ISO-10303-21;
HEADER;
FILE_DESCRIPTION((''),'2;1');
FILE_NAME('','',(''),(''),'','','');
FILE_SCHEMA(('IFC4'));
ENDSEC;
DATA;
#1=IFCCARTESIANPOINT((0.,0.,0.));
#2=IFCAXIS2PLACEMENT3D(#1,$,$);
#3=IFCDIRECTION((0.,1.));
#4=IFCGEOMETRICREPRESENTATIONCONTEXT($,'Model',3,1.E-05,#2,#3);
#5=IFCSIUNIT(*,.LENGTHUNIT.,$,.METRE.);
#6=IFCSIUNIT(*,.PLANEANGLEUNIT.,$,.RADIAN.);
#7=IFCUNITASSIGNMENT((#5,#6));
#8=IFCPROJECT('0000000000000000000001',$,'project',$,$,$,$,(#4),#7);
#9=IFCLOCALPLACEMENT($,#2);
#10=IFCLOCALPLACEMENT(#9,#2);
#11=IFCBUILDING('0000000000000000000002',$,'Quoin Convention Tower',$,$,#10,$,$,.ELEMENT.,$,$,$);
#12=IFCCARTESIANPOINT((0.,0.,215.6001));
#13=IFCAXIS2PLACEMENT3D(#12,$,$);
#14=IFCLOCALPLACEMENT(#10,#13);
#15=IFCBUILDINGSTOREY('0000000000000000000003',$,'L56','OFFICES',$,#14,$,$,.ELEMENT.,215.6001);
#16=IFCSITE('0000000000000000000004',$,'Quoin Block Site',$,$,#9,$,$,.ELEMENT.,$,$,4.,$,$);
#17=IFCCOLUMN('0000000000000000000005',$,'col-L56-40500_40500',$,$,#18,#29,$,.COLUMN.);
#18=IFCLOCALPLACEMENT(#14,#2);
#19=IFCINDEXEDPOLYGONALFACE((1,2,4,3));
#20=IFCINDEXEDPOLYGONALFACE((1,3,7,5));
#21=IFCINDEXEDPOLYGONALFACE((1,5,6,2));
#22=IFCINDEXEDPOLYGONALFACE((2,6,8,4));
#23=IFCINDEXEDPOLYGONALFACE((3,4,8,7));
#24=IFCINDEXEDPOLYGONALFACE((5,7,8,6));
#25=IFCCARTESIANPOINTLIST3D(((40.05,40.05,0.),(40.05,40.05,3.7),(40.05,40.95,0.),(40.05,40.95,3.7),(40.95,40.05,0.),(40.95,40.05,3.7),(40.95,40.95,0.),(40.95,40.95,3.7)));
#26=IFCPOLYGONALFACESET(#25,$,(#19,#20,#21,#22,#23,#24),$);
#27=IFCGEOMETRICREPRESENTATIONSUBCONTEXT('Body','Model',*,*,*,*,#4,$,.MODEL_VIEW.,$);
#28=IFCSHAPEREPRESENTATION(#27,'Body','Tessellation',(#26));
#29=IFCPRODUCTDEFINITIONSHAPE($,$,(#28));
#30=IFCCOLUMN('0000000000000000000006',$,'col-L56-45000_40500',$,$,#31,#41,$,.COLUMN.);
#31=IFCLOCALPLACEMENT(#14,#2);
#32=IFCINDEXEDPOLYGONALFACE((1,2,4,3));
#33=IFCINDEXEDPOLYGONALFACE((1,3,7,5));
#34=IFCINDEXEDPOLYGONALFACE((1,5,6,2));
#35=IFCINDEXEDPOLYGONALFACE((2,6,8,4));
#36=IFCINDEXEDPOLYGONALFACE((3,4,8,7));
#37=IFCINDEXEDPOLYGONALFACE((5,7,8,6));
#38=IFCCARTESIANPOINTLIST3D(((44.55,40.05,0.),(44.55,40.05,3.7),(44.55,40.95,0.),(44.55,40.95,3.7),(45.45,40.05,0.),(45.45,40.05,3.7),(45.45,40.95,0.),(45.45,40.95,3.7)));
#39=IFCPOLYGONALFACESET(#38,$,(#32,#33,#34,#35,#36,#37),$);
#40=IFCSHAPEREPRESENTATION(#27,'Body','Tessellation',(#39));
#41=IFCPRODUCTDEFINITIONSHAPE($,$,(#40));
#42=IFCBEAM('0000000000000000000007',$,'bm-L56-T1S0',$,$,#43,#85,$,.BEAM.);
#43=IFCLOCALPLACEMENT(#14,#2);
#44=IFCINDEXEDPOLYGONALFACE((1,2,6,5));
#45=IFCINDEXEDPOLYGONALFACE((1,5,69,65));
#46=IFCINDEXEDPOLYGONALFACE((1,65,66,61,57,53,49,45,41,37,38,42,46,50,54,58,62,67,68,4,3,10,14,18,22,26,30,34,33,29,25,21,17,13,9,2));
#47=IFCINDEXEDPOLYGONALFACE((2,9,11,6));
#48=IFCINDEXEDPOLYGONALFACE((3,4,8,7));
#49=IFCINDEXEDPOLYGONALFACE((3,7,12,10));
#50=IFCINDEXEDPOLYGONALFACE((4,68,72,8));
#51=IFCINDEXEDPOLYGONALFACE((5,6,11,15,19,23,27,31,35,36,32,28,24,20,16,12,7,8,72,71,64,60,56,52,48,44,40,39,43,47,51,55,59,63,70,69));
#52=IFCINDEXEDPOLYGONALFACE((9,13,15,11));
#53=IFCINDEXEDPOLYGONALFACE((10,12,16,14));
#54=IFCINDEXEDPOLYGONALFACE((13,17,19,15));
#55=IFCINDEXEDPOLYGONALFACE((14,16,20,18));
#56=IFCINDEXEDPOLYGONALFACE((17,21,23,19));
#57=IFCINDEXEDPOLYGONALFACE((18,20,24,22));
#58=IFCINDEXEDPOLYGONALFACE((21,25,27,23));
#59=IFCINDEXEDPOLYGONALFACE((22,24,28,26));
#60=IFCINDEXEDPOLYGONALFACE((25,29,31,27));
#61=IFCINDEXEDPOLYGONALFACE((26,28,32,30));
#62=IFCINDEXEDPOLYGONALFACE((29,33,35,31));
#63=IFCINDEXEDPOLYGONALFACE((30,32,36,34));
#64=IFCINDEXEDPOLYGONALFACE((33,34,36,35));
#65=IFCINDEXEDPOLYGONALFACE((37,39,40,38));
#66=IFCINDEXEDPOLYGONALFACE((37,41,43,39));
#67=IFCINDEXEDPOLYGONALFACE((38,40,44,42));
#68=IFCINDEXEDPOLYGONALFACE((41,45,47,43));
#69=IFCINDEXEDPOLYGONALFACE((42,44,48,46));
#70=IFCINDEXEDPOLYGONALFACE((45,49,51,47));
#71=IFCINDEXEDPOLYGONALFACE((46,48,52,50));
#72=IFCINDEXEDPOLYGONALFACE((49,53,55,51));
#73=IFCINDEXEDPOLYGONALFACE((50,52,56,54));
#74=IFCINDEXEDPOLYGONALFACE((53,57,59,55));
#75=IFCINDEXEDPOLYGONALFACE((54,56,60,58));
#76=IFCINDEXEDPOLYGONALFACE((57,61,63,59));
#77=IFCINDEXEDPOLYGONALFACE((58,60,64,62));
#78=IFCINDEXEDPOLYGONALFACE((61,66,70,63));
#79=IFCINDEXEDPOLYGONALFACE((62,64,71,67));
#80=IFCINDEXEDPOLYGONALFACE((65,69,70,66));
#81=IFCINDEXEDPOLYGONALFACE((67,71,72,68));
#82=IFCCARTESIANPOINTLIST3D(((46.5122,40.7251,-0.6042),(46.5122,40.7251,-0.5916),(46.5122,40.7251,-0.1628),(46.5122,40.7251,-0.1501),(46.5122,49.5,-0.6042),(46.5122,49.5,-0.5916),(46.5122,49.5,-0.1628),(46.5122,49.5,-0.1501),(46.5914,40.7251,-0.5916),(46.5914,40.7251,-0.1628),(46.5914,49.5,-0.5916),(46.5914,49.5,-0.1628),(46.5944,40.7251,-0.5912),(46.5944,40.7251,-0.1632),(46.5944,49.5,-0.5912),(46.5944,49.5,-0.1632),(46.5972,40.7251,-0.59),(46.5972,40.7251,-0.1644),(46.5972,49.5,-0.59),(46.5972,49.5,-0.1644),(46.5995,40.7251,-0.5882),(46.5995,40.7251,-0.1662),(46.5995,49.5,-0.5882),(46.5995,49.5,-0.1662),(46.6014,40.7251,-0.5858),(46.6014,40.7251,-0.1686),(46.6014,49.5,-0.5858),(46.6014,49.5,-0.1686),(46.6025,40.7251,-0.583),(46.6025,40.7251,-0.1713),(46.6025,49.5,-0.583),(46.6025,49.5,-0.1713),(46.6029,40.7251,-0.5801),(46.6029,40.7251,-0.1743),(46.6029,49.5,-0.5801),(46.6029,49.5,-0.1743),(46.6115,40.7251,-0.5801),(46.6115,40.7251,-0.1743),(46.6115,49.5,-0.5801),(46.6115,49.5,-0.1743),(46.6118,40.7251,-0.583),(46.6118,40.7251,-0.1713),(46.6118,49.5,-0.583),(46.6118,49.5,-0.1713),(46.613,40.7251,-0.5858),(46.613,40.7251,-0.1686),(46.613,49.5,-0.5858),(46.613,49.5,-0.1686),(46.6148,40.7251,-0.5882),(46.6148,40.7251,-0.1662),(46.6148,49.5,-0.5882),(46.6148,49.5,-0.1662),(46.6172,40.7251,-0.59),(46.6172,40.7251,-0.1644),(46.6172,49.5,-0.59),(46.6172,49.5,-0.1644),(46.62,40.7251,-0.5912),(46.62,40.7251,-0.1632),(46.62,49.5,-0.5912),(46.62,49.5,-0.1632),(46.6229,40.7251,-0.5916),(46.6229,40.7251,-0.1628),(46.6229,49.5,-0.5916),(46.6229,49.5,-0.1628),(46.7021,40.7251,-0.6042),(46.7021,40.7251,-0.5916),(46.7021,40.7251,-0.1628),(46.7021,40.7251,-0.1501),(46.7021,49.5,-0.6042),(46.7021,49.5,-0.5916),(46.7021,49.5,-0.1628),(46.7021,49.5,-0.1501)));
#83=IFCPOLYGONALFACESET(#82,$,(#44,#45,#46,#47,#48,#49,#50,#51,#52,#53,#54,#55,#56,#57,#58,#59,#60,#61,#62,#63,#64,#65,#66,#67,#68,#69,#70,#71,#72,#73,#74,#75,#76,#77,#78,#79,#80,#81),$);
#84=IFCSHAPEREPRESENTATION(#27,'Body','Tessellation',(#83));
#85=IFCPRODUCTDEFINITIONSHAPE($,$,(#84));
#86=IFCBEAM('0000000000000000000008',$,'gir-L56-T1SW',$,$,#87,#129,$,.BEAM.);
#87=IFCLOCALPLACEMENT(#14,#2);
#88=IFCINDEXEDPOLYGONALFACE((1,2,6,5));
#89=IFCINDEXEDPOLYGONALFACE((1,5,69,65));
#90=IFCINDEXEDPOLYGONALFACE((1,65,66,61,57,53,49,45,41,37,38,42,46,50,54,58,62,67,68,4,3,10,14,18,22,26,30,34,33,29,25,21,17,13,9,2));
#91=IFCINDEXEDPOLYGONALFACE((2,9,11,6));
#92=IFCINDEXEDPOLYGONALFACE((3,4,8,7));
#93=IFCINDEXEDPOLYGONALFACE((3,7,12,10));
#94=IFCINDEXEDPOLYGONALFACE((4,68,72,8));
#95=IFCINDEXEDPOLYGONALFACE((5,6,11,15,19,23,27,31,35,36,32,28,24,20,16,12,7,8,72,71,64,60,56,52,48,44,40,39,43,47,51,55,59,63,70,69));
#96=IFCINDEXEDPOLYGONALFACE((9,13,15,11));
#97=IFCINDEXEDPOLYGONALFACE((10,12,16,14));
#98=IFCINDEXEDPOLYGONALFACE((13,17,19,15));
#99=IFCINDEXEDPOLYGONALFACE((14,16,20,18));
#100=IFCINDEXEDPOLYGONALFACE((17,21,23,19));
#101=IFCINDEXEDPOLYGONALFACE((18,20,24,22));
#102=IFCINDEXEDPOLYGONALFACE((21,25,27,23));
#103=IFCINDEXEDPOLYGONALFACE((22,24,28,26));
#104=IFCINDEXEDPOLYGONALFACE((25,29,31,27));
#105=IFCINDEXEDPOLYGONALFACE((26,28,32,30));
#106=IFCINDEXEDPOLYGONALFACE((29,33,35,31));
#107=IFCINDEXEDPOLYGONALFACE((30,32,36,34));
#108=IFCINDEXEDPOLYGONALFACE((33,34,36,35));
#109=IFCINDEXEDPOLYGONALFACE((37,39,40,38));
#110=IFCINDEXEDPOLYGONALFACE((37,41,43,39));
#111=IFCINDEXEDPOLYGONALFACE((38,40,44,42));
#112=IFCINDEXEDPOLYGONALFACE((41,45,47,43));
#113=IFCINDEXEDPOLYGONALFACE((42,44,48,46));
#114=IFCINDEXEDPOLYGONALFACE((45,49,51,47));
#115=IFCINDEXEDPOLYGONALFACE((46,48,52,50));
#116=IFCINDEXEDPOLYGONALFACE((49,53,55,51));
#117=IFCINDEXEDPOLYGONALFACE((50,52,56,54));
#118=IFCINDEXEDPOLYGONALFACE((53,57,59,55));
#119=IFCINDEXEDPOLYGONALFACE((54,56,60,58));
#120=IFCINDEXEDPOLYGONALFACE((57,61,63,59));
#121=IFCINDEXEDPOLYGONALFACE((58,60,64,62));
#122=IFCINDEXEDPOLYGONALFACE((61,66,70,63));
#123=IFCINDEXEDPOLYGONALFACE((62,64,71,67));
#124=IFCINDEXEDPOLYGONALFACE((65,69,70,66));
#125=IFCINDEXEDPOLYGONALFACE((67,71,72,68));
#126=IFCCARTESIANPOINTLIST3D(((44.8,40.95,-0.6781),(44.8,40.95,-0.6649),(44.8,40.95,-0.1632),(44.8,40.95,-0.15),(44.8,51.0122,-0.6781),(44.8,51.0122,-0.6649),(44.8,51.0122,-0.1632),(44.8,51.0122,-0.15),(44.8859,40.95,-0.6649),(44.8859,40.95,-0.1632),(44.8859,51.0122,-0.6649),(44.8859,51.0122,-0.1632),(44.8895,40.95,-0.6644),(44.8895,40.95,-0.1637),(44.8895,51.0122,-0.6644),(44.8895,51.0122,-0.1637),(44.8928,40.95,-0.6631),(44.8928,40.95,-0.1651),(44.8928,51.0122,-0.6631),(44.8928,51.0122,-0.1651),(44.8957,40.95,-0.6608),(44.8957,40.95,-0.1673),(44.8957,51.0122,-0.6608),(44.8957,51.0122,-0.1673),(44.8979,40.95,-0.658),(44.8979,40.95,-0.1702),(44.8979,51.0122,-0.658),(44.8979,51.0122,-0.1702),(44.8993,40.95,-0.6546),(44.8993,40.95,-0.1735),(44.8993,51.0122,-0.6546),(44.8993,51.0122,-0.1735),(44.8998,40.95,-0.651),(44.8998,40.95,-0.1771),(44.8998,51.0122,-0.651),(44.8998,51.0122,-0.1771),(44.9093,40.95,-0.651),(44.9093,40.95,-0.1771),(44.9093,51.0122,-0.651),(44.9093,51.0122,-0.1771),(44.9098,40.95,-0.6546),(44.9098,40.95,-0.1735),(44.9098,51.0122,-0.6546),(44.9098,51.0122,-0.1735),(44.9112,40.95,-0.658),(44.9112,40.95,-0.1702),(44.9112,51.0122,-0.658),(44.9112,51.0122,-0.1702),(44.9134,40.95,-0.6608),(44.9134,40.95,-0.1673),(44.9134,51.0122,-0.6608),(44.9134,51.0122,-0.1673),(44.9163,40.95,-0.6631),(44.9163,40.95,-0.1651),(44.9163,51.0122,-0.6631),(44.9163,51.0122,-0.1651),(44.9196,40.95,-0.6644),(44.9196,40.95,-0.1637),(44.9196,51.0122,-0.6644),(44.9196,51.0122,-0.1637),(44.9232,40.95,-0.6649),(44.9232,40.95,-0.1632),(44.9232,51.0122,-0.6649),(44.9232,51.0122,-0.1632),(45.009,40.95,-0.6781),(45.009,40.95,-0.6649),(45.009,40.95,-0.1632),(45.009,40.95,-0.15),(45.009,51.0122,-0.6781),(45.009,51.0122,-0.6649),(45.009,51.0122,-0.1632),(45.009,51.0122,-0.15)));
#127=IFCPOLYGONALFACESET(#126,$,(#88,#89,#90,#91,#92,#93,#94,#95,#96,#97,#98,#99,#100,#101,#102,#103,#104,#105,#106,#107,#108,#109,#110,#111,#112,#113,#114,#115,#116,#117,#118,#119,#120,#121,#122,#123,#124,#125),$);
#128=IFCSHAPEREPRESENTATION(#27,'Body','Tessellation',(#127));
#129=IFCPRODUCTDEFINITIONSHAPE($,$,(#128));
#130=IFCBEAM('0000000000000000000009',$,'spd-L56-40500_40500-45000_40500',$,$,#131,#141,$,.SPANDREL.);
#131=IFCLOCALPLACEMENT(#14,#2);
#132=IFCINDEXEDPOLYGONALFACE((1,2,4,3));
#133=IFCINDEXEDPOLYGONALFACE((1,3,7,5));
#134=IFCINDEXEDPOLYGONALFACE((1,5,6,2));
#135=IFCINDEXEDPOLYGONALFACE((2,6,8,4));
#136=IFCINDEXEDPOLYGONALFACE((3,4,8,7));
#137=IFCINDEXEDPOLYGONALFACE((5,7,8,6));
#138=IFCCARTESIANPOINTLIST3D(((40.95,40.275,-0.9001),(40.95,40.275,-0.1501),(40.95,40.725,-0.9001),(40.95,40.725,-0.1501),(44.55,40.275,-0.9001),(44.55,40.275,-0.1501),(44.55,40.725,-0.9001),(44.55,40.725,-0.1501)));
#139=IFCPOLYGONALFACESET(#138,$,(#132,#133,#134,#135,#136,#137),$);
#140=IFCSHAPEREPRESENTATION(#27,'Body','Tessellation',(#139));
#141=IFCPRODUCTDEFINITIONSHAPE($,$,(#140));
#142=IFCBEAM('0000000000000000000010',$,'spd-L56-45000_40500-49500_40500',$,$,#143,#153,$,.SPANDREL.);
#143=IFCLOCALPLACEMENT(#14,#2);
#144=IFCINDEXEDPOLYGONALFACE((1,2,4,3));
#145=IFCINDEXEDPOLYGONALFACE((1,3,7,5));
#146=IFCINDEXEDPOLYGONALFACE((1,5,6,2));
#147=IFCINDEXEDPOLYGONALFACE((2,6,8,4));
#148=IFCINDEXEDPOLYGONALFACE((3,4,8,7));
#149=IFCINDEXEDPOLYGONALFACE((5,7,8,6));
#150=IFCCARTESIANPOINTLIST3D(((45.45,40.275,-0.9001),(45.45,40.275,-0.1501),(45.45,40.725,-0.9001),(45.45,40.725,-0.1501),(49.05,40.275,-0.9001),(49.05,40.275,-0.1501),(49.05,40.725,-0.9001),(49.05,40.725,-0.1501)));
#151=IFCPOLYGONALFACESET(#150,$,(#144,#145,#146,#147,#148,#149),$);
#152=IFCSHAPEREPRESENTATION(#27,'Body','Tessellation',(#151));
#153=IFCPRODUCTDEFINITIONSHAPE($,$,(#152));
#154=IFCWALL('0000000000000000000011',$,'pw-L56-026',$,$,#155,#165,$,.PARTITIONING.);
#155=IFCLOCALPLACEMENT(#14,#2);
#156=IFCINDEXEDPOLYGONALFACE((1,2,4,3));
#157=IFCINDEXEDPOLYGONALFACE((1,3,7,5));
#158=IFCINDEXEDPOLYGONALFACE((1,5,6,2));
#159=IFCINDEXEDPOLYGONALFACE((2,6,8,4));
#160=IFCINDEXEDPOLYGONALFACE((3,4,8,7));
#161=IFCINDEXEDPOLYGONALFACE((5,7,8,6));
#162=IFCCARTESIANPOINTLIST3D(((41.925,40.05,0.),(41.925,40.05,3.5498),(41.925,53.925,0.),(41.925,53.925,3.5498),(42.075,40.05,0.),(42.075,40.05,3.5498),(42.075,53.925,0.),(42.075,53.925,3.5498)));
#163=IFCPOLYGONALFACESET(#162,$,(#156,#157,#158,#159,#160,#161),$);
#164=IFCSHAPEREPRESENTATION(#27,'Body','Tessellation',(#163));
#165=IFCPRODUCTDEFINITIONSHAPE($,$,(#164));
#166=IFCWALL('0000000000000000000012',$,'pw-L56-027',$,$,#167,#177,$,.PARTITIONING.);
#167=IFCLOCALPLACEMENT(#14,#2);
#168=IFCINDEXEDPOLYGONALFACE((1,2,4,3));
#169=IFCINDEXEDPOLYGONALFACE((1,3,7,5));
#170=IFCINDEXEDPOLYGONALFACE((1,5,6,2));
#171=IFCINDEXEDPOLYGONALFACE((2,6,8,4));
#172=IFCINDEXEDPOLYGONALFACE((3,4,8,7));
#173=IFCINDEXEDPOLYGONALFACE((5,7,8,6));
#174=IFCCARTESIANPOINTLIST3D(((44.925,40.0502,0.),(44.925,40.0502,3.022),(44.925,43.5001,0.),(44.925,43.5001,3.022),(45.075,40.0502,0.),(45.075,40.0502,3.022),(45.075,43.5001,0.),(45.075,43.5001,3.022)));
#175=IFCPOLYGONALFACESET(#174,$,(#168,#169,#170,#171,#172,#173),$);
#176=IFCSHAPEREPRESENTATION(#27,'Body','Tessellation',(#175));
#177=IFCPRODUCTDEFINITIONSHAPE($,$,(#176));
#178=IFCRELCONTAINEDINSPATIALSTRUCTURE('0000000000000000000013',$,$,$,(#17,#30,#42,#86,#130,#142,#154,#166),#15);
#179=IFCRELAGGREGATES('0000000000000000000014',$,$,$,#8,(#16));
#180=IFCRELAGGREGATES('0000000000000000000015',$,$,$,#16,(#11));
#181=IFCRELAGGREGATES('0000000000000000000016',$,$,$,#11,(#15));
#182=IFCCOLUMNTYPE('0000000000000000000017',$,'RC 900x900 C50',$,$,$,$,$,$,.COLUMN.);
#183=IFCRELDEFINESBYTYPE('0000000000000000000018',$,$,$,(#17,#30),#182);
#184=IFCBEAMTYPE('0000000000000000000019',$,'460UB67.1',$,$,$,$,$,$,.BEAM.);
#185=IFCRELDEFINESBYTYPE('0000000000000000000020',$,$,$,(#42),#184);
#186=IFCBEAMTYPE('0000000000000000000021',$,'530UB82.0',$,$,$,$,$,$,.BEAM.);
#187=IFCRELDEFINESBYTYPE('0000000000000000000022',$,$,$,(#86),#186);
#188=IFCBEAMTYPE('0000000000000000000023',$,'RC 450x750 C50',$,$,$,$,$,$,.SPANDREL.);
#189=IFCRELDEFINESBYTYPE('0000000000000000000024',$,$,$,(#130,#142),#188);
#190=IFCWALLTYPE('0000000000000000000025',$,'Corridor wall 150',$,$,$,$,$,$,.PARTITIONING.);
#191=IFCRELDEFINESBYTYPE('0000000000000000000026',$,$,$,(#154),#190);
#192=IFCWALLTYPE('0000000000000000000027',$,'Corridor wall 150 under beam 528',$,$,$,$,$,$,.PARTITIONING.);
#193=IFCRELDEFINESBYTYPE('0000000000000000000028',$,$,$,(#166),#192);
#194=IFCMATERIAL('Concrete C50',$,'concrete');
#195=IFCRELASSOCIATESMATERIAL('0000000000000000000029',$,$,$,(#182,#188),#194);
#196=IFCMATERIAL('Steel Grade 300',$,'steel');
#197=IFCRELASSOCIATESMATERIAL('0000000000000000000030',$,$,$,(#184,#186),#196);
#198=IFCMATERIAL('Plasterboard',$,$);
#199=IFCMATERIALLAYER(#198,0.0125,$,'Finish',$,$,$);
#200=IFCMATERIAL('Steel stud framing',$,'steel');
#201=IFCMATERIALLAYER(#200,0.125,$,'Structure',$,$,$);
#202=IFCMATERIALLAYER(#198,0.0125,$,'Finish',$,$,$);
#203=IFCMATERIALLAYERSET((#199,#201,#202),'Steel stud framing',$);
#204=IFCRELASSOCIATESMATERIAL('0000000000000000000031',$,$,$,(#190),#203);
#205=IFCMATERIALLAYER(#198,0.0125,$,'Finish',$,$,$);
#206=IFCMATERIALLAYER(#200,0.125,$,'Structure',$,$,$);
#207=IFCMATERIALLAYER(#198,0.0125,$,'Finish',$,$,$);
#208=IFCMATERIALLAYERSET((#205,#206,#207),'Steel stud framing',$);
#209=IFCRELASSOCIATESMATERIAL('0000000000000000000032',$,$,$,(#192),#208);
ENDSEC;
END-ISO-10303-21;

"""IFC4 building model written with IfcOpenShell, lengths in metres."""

from ifc_helpers import new_model, si_unit, direction, frame, frame_2d, origin, origin_2d, place, context, subcontext, project, spatial, rectangle, i_section, extrude, material, layer, layer_set, material_profile, profile_set, type_object, element, save


model = new_model("IFC4")

# Units and contexts
model_context = context("Model", 3, precision=1e-05, world=origin(), true_north=direction((0.0, 1.0)))
body_context = subcontext(model_context, "Body", "Model", "MODEL_VIEW")
ifc_project = project(units=[si_unit("LENGTHUNIT", "METRE"), si_unit("PLANEANGLEUNIT", "RADIAN")], contexts=[model_context])

# Site, building, storey
site_placement = place(None, origin())
site = spatial("IfcSite", under=ifc_project, at=site_placement, Name="Quoin Block Site", CompositionType="ELEMENT", RefElevation=4.0)
building_placement = place(site_placement, origin())
building = spatial("IfcBuilding", under=site, at=building_placement, Name="Quoin Convention Tower", CompositionType="ELEMENT")
storey_placement = place(building_placement, frame((0.0, 0.0, 215.6001)))
storey = spatial("IfcBuildingStorey", under=building, at=storey_placement, Name="L56", Description="OFFICES", CompositionType="ELEMENT", Elevation=215.6001)

# Columns
ifc_material_1 = material(Name="Concrete C50", Category="concrete")
ifc_material_profile_1 = material_profile(ifc_material_1, rectangle(XDim=0.8999, YDim=0.8999, at=origin_2d()), Name="RC 900x900")
ifc_profile_set_1 = profile_set([ifc_material_profile_1], Name="Concrete C50")
column_type = type_object("IfcColumnType", Name="RC 900x900 C50", PredefinedType="COLUMN", material=ifc_profile_set_1)
for number, where, z_axis, x_axis, name in (
    (1, (40.5, 40.5, 0.0), (0.0, 0.0, 1.0), (1.0, 0.0, 0.0), "col-L56-40500_40500"),
    (2, (45.0, 40.5, 0.0), (0.0, 0.0, 1.0), (1.0, 0.0, 0.0), "col-L56-45000_40500"),
):
    element("IfcColumn", number, at=place(storey_placement, frame(where, z_axis=z_axis, x_axis=x_axis)), inside=storey, type_object=column_type, Name=name, PredefinedType="COLUMN", context=body_context, shape_type="SweptSolid", body=[
        extrude(rectangle(XDim=0.8999, YDim=0.8999, at=origin_2d()), origin(), (0.0, 0.0, 1.0), 3.7),
    ])

# Beams
ifc_material_2 = material(Name="Steel Grade 300", Category="steel")
ifc_material_profile_2 = material_profile(ifc_material_2, i_section(OverallWidth=0.1899, OverallDepth=0.4541, WebThickness=0.0085, FlangeThickness=0.0127, FilletRadius=0.0115, at=origin_2d()), Name="460UB67.1")
ifc_profile_set_2 = profile_set([ifc_material_profile_2], Name="Steel Grade 300")
beam_type_1 = type_object("IfcBeamType", Name="460UB67.1", PredefinedType="BEAM", material=ifc_profile_set_2)
beam_1_placement = place(storey_placement, frame((46.6072, 40.7251, -0.3772), z_axis=(0.0, 1.0, 0.0), x_axis=(-1.0, 0.0, 0.0)))
element("IfcBeam", 3, at=beam_1_placement, inside=storey, type_object=beam_type_1, Name="bm-L56-T1S0", PredefinedType="BEAM", context=body_context, shape_type="SweptSolid", body=[
    extrude(i_section(OverallWidth=0.1899, OverallDepth=0.4541, WebThickness=0.0085, FlangeThickness=0.0127, FilletRadius=0.0115, at=origin_2d()), origin(), (0.0, 0.0, 1.0), 8.7749),
])
ifc_material_profile_3 = material_profile(ifc_material_2, i_section(OverallWidth=0.209, OverallDepth=0.5281, WebThickness=0.0095, FlangeThickness=0.0132, FilletRadius=0.0139, at=origin_2d()), Name="530UB82.0")
ifc_profile_set_3 = profile_set([ifc_material_profile_3], Name="Steel Grade 300")
beam_type_2 = type_object("IfcBeamType", Name="530UB82.0", PredefinedType="BEAM", material=ifc_profile_set_3)
beam_2_placement = place(storey_placement, frame((44.9045, 40.95, -0.4141), z_axis=(0.0, 1.0, 0.0), x_axis=(-1.0, 0.0, 0.0)))
element("IfcBeam", 4, at=beam_2_placement, inside=storey, type_object=beam_type_2, Name="gir-L56-T1SW", PredefinedType="BEAM", context=body_context, shape_type="SweptSolid", body=[
    extrude(i_section(OverallWidth=0.209, OverallDepth=0.5281, WebThickness=0.0095, FlangeThickness=0.0132, FilletRadius=0.0139, at=origin_2d()), origin(), (0.0, 0.0, 1.0), 10.0623),
])
ifc_material_profile_4 = material_profile(ifc_material_1, rectangle(XDim=0.45, YDim=0.75, at=origin_2d()), Name="RC 450x750")
ifc_profile_set_4 = profile_set([ifc_material_profile_4], Name="Concrete C50")
beam_type_3 = type_object("IfcBeamType", Name="RC 450x750 C50", PredefinedType="SPANDREL", material=ifc_profile_set_4)
for number, where, z_axis, x_axis, name in (
    (5, (40.95, 40.5, -0.5251), (1.0, 0.0, 0.0), (0.0, 1.0, 0.0), "spd-L56-40500_40500-45000_40500"),
    (6, (45.45, 40.5, -0.5251), (1.0, 0.0, 0.0), (0.0, 1.0, 0.0), "spd-L56-45000_40500-49500_40500"),
):
    element("IfcBeam", number, at=place(storey_placement, frame(where, z_axis=z_axis, x_axis=x_axis)), inside=storey, type_object=beam_type_3, Name=name, PredefinedType="SPANDREL", context=body_context, shape_type="SweptSolid", body=[
        extrude(rectangle(XDim=0.45, YDim=0.75, at=origin_2d()), origin(), (0.0, 0.0, 1.0), 3.6001),
    ])

# Walls
ifc_material_3 = material(Name="Plasterboard")
ifc_layer_1 = layer(ifc_material_3, 0.0125, Name="Finish")
ifc_material_4 = material(Name="Steel stud framing", Category="steel")
ifc_layer_2 = layer(ifc_material_4, 0.125, Name="Structure")
ifc_layer_3 = layer(ifc_material_3, 0.0125, Name="Finish")
ifc_layer_set_1 = layer_set([ifc_layer_1, ifc_layer_2, ifc_layer_3], Name="Steel stud framing")
wall_type_1 = type_object("IfcWallType", Name="Corridor wall 150", PredefinedType="PARTITIONING", material=ifc_layer_set_1)
wall_1_placement = place(storey_placement, frame((42.0, 40.05, 0.0), z_axis=(0.0, 0.0, 1.0), x_axis=(0.0, 1.0, 0.0)))
element("IfcWall", 7, at=wall_1_placement, inside=storey, type_object=wall_type_1, Name="pw-L56-026", PredefinedType="PARTITIONING", context=body_context, shape_type="SweptSolid", body=[
    extrude(rectangle(XDim=13.875, YDim=0.1499, at=frame_2d((6.9375, 0.0))), origin(), (0.0, 0.0, 1.0), 3.5498),
])
ifc_layer_4 = layer(ifc_material_3, 0.0125, Name="Finish")
ifc_layer_5 = layer(ifc_material_4, 0.125, Name="Structure")
ifc_layer_6 = layer(ifc_material_3, 0.0125, Name="Finish")
ifc_layer_set_2 = layer_set([ifc_layer_4, ifc_layer_5, ifc_layer_6], Name="Steel stud framing")
wall_type_2 = type_object("IfcWallType", Name="Corridor wall 150 under beam 528", PredefinedType="PARTITIONING", material=ifc_layer_set_2)
wall_2_placement = place(storey_placement, frame((45.0, 40.05, 0.0), z_axis=(0.0, 0.0, 1.0), x_axis=(0.0, 1.0, 0.0)))
element("IfcWall", 8, at=wall_2_placement, inside=storey, type_object=wall_type_2, Name="pw-L56-027", PredefinedType="PARTITIONING", context=body_context, shape_type="SweptSolid", body=[
    extrude(rectangle(XDim=3.45, YDim=0.1499, at=frame_2d((1.7251, 0.0))), origin(), (0.0, 0.0, 1.0), 3.022),
])

save(model, "model.ifc")
